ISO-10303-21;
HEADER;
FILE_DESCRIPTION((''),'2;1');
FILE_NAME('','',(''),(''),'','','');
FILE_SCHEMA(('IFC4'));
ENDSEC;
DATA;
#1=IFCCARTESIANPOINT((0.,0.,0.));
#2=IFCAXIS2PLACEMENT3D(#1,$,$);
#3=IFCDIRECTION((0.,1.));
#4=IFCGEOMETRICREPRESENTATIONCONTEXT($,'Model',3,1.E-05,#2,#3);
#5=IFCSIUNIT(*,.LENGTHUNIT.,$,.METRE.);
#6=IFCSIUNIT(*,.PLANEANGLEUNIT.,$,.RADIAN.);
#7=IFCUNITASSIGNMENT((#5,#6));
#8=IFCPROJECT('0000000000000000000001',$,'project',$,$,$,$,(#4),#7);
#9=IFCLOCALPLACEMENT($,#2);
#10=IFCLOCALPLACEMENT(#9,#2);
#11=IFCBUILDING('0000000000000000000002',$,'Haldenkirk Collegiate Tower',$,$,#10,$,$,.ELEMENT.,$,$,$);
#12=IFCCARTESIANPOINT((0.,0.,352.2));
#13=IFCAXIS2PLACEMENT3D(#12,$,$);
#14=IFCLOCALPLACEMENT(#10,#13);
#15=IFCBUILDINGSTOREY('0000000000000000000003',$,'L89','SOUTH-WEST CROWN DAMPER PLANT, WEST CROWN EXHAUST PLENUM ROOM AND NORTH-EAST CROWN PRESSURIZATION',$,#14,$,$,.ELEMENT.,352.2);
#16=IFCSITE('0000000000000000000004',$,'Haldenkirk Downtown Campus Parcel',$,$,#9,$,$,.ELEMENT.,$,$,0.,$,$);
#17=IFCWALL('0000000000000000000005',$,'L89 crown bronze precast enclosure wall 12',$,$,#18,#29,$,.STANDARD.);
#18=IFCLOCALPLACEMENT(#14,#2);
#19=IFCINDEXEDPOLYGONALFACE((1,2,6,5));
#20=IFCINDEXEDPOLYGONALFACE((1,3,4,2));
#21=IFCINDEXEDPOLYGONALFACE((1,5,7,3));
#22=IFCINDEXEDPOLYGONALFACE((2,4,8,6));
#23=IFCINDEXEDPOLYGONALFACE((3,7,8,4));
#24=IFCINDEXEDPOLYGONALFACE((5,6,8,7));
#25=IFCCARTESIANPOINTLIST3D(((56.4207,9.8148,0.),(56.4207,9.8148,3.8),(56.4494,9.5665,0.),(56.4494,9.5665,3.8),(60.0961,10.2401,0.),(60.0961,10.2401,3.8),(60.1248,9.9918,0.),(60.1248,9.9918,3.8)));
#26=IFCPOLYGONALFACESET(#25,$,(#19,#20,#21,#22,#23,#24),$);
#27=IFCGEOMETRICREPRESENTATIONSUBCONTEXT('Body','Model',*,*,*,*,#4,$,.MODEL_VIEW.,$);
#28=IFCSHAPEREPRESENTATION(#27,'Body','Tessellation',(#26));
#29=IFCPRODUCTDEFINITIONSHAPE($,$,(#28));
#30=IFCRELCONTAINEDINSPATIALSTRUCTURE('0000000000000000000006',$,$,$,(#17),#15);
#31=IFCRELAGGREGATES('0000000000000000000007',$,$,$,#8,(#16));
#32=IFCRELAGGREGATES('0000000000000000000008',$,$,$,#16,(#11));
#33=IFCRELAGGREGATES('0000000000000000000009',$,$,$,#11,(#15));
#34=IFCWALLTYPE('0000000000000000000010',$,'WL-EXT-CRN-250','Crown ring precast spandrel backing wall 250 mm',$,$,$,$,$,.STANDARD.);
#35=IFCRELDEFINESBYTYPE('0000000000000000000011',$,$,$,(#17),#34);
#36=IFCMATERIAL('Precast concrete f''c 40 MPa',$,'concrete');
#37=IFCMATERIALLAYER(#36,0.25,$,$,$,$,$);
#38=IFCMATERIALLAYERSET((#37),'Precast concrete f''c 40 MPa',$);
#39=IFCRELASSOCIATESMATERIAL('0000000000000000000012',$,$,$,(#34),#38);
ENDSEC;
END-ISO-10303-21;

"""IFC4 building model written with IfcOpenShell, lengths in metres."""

from ifc_helpers import new_model, si_unit, direction, frame, frame_2d, origin, place, context, subcontext, project, spatial, rectangle, extrude, material, layer, layer_set, type_object, element, save


model = new_model("IFC4")

# Units and contexts
model_context = context("Model", 3, precision=1e-05, world=origin(), true_north=direction((0.0, 1.0)))
body_context = subcontext(model_context, "Body", "Model", "MODEL_VIEW")
ifc_project = project(units=[si_unit("LENGTHUNIT", "METRE"), si_unit("PLANEANGLEUNIT", "RADIAN")], contexts=[model_context])

# Site, building, storey
site_placement = place(None, origin())
site = spatial("IfcSite", under=ifc_project, at=site_placement, Name="Haldenkirk Downtown Campus Parcel", CompositionType="ELEMENT", RefElevation=0.0)
building_placement = place(site_placement, origin())
building = spatial("IfcBuilding", under=site, at=building_placement, Name="Haldenkirk Collegiate Tower", CompositionType="ELEMENT")
storey_placement = place(building_placement, frame((0.0, 0.0, 352.2)))
storey = spatial("IfcBuildingStorey", under=building, at=storey_placement, Name="L89", Description="SOUTH-WEST CROWN DAMPER PLANT, WEST CROWN EXHAUST PLENUM ROOM AND NORTH-EAST CROWN PRESSURIZATION", CompositionType="ELEMENT", Elevation=352.2)

# Wall
ifc_material_1 = material(Name="Precast concrete f'c 40 MPa", Category="concrete")
ifc_layer_1 = layer(ifc_material_1, 0.25)
ifc_layer_set_1 = layer_set([ifc_layer_1], Name="Precast concrete f'c 40 MPa")
wall_type = type_object("IfcWallType", Name="WL-EXT-CRN-250", Description="Crown ring precast spandrel backing wall 250 mm", PredefinedType="STANDARD", material=ifc_layer_set_1)
for number, where, z_axis, x_axis, name in (
    (1, (60.1106, 10.116, 0.0), (0.0, 0.0, 1.0), (-0.993372, -0.114942, 0.0), "L89 crown bronze precast enclosure wall 12"),
):
    element("IfcWall", number, at=place(storey_placement, frame(where, z_axis=z_axis, x_axis=x_axis)), inside=storey, type_object=wall_type, Name=name, PredefinedType="STANDARD", context=body_context, shape_type="SweptSolid", body=[
        extrude(rectangle(XDim=3.7, YDim=0.25, at=frame_2d((1.8501, 0.0))), origin(), (0.0, 0.0, 1.0), 3.8),
    ])

save(model, "model.ifc")
